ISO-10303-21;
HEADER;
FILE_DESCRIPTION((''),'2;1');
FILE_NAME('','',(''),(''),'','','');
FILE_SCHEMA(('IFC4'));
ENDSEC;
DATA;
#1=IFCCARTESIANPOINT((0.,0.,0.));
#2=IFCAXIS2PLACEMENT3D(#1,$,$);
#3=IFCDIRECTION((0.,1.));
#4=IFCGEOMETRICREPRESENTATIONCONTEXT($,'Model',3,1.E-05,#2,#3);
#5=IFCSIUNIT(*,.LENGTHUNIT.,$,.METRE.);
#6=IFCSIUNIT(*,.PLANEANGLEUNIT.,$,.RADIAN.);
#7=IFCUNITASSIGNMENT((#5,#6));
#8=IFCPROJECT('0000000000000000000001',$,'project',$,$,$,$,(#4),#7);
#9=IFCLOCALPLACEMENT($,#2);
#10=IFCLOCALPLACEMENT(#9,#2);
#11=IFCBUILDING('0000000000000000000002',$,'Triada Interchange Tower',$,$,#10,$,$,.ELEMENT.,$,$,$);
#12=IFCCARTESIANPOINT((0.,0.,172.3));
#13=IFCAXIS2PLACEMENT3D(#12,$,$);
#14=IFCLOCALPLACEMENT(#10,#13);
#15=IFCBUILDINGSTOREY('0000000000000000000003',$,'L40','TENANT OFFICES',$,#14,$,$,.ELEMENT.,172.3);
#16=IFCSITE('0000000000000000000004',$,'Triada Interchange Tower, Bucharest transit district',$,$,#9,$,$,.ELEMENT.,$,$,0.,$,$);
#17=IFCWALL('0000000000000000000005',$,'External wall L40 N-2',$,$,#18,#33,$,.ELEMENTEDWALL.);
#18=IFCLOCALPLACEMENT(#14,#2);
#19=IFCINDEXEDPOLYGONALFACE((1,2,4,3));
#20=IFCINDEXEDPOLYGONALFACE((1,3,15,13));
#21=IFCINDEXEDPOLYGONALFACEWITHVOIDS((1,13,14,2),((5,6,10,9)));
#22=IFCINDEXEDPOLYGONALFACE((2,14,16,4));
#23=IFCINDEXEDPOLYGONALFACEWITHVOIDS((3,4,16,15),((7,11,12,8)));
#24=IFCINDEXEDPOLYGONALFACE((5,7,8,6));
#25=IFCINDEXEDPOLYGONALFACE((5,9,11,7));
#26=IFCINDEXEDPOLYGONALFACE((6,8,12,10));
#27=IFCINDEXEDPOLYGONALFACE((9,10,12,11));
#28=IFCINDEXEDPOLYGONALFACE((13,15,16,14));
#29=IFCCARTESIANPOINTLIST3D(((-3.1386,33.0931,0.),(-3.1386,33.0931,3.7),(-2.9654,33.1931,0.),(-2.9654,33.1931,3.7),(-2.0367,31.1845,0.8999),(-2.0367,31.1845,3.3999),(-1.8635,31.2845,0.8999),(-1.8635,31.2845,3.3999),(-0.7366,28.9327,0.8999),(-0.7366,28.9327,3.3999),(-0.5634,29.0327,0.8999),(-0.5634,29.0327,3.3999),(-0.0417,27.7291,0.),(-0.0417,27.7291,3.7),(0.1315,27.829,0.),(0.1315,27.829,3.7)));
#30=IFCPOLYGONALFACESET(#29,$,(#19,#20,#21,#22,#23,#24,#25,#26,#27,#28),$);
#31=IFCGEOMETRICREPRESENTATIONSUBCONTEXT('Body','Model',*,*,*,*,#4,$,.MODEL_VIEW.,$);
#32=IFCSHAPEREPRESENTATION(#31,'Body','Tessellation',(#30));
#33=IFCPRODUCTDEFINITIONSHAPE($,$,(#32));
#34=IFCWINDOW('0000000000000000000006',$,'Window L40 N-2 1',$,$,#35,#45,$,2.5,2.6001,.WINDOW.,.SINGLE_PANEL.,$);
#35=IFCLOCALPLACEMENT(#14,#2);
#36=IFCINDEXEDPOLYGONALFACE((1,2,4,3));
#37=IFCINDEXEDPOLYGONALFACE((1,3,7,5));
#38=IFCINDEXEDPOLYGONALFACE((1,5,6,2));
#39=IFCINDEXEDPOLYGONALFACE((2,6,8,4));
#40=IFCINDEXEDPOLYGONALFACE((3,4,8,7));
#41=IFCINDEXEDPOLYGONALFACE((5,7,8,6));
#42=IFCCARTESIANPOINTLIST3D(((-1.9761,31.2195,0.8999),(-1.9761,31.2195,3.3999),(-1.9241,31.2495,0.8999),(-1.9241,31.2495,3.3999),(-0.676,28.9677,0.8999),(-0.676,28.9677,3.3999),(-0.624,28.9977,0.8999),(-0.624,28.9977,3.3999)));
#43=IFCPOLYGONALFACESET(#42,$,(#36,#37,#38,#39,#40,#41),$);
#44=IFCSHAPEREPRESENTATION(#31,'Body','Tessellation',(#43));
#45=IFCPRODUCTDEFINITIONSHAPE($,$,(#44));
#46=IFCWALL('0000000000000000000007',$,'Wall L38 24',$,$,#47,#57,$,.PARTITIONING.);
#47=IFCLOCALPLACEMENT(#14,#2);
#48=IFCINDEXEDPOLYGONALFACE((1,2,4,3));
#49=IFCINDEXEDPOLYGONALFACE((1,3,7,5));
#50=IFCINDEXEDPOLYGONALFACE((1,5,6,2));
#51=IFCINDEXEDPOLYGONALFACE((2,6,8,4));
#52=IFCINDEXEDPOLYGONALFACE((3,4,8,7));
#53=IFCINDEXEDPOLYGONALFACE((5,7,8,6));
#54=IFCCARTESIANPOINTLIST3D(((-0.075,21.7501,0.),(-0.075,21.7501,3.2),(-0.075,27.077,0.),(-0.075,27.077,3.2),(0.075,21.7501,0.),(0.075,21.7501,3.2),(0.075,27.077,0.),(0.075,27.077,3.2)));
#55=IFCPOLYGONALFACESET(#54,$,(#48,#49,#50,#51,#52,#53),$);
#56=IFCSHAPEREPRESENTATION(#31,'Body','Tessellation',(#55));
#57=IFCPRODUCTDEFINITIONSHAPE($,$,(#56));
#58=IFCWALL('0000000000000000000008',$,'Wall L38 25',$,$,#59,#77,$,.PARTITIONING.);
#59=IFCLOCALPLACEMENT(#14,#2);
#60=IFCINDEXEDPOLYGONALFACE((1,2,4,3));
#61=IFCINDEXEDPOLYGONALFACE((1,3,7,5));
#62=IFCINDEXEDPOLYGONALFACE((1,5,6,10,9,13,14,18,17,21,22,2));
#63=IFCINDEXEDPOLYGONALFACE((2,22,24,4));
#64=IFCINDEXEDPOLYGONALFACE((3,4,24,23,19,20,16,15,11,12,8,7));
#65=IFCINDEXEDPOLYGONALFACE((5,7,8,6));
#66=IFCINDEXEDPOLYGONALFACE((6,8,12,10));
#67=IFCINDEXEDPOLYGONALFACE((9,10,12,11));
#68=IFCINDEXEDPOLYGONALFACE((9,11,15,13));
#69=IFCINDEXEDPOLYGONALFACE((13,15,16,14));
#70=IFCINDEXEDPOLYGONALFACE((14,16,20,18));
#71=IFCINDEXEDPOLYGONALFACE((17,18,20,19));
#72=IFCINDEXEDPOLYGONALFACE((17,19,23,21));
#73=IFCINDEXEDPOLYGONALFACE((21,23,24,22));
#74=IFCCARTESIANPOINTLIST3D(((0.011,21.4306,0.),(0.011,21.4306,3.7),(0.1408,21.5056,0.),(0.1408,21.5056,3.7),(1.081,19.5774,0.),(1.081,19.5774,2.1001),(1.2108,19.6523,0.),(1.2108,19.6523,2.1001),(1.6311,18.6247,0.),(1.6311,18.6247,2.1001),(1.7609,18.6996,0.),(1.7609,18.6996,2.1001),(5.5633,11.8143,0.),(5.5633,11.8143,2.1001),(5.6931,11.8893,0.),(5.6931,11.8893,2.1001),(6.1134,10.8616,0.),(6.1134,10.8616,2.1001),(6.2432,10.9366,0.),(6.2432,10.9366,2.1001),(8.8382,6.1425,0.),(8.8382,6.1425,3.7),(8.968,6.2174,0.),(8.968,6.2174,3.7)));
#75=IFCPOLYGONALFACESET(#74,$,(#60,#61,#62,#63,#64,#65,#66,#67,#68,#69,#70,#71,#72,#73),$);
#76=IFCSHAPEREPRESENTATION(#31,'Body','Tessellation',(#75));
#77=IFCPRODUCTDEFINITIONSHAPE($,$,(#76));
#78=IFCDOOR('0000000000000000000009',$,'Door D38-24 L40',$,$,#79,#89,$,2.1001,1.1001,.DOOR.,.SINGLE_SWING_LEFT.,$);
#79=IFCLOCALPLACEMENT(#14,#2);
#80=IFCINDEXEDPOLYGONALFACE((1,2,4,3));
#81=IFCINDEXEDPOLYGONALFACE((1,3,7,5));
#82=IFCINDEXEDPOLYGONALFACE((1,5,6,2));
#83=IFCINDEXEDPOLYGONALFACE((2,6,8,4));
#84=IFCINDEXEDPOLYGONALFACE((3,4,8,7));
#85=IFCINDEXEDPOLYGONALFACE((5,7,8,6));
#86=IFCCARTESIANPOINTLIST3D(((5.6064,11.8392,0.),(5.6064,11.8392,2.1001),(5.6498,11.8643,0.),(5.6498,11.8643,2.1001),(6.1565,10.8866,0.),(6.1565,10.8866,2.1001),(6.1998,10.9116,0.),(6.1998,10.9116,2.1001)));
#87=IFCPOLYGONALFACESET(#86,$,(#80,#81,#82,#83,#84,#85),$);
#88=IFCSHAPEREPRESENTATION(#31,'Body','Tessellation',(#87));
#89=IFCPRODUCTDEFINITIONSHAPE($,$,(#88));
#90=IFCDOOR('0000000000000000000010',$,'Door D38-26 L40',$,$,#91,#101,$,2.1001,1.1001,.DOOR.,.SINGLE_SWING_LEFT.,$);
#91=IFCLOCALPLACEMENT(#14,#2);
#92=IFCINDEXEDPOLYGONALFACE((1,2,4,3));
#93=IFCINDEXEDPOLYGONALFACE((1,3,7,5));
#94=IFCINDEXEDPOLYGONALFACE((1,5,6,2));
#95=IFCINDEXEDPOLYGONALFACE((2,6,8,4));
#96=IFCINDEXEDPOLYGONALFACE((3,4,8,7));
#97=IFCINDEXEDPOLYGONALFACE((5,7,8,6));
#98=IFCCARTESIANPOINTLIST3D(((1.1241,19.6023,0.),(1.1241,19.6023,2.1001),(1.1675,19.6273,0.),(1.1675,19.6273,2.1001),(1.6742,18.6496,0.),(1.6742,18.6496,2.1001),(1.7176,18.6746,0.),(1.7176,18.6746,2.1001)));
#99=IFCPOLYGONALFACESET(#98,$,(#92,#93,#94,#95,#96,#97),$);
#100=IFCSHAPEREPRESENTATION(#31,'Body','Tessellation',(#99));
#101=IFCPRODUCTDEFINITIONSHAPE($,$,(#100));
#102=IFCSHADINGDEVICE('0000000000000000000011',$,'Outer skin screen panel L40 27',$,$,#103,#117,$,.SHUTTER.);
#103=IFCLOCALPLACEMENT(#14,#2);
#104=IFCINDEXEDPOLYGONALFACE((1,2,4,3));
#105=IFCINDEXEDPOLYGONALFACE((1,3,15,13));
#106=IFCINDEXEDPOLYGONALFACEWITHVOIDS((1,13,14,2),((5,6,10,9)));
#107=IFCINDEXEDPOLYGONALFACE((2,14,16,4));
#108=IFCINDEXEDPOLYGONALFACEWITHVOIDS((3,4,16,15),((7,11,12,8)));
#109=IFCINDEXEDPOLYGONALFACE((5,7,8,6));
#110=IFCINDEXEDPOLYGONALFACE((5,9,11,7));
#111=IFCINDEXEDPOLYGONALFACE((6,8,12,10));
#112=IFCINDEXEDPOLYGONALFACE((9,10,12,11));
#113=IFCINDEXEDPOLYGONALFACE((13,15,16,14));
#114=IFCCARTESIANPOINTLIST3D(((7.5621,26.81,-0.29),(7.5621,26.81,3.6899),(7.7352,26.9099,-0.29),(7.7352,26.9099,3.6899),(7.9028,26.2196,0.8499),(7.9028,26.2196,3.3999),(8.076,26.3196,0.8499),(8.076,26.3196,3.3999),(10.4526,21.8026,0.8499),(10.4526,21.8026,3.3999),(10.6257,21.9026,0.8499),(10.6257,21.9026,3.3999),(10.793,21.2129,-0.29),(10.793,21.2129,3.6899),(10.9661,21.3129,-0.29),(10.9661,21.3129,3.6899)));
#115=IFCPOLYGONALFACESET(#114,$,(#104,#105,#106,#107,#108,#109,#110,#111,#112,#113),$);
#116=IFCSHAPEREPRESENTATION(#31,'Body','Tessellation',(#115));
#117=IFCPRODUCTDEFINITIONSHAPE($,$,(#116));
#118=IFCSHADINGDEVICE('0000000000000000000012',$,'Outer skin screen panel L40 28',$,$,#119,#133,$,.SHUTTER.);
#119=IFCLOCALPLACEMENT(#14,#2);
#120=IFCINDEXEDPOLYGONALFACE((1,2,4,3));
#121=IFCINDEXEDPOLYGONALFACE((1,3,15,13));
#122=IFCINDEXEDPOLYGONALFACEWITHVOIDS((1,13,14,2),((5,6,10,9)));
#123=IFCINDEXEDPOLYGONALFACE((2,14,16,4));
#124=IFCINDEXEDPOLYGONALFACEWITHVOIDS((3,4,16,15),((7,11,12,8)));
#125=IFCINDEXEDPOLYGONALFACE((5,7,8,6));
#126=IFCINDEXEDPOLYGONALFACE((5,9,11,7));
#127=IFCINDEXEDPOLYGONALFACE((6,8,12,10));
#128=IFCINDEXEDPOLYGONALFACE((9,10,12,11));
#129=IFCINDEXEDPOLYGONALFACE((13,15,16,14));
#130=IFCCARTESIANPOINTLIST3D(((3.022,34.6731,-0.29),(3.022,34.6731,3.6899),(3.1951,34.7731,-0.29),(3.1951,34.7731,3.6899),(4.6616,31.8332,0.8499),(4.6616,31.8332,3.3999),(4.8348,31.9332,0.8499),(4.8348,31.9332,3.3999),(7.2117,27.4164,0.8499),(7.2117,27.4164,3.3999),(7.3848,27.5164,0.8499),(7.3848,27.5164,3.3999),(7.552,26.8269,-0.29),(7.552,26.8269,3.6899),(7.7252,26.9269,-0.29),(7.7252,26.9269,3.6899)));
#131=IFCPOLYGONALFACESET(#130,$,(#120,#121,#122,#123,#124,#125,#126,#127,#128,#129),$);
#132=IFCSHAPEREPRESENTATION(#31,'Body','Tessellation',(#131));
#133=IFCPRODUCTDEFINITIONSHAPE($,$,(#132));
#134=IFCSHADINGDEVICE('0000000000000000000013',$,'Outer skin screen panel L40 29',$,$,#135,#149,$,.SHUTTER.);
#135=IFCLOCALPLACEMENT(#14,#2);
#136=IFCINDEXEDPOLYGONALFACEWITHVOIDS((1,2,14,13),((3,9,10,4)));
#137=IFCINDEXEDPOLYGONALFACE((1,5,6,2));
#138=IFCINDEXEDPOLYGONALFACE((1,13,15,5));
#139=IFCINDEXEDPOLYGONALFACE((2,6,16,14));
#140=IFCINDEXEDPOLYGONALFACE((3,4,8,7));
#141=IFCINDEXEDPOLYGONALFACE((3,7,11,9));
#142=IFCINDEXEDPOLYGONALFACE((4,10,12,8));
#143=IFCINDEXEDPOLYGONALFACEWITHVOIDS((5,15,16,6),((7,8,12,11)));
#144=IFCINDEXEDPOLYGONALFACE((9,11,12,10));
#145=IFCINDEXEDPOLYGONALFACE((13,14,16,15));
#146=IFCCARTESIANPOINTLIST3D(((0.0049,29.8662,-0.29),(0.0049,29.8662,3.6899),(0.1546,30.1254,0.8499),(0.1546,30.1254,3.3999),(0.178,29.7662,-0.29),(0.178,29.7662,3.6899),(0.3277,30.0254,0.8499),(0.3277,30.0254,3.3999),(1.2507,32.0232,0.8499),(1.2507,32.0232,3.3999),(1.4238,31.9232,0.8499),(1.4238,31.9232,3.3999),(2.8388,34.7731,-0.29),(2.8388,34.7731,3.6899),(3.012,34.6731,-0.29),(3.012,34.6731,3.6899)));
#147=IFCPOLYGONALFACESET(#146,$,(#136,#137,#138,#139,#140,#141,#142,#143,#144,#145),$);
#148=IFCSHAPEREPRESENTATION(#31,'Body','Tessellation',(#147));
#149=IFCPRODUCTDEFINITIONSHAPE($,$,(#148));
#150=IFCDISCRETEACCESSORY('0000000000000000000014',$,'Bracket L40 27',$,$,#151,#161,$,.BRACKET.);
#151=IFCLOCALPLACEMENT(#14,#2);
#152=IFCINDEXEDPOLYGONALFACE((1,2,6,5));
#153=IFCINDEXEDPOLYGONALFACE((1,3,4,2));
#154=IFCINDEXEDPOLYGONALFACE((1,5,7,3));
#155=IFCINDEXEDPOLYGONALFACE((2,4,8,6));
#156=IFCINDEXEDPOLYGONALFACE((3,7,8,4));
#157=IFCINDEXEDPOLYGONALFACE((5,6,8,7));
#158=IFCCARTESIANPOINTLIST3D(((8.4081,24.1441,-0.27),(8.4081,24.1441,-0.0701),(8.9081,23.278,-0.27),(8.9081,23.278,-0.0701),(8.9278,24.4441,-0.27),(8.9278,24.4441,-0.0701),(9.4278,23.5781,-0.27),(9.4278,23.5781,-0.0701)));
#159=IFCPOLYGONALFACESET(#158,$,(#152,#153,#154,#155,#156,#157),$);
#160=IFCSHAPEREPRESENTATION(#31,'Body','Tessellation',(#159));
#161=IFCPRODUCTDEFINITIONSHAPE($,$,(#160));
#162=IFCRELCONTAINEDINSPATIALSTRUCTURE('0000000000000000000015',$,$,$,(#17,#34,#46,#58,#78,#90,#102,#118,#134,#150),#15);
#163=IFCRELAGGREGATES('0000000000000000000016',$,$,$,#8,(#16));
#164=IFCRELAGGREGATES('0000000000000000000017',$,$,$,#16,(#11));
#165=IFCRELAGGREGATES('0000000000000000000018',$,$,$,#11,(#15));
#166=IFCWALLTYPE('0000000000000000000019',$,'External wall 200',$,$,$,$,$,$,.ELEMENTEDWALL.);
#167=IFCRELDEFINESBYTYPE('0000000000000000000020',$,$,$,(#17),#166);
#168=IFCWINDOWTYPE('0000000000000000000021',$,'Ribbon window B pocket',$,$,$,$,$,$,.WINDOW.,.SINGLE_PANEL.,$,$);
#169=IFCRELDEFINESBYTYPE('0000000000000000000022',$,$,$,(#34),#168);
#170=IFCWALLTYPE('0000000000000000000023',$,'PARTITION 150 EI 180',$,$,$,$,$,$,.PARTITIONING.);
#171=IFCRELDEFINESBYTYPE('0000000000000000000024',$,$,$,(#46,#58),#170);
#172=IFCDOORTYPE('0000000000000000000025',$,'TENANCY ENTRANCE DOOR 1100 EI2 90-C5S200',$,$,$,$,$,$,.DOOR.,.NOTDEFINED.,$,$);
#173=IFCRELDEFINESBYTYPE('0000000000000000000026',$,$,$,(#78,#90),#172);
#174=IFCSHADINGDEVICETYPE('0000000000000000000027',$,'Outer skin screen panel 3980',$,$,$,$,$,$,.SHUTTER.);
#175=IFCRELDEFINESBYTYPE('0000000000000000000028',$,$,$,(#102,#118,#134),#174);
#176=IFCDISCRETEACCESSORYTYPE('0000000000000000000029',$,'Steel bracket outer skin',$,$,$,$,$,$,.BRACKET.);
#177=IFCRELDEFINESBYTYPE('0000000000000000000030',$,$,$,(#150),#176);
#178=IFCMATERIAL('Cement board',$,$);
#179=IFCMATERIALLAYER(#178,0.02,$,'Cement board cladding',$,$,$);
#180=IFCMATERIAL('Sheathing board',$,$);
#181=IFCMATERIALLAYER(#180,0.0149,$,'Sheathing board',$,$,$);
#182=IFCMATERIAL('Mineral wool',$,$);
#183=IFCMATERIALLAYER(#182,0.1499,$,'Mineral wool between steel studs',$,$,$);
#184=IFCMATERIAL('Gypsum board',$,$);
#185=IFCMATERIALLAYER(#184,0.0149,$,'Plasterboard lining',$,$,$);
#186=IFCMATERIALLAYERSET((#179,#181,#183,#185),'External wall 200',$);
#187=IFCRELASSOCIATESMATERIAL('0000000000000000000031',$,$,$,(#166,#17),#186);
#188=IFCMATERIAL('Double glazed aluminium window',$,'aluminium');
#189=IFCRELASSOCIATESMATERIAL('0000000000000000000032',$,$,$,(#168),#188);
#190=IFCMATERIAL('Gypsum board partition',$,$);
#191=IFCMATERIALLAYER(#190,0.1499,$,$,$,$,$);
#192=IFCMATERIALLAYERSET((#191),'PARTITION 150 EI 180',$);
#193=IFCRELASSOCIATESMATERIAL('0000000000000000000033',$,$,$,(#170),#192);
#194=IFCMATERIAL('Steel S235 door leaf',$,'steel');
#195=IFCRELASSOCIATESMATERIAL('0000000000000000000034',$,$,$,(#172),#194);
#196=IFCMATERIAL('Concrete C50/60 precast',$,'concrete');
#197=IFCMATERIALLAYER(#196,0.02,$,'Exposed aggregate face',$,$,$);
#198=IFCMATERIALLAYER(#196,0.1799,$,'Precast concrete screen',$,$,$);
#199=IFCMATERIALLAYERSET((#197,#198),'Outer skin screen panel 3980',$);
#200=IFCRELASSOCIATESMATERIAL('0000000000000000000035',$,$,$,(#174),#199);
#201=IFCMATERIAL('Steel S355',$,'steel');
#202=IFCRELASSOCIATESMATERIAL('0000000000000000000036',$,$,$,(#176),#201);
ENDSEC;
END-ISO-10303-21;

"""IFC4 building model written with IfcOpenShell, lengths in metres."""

from ifc_helpers import new_model, si_unit, direction, frame, frame_2d, origin, origin_2d, place, context, subcontext, project, spatial, polyline, rectangle, outline, extrude, material, layer, layer_set, layer_usage, type_object, element, fill, save


model = new_model("IFC4")

# Units and contexts
model_context = context("Model", 3, precision=1e-05, world=origin(), true_north=direction((0.0, 1.0)))
body_context = subcontext(model_context, "Body", "Model", "MODEL_VIEW")
ifc_project = project(units=[si_unit("LENGTHUNIT", "METRE"), si_unit("PLANEANGLEUNIT", "RADIAN")], contexts=[model_context])

# Site, building, storey
site_placement = place(None, origin())
site = spatial("IfcSite", under=ifc_project, at=site_placement, Name="Triada Interchange Tower, Bucharest transit district", CompositionType="ELEMENT", RefElevation=0.0)
building_placement = place(site_placement, origin())
building = spatial("IfcBuilding", under=site, at=building_placement, Name="Triada Interchange Tower", CompositionType="ELEMENT")
storey_placement = place(building_placement, frame((0.0, 0.0, 172.3)))
storey = spatial("IfcBuildingStorey", under=building, at=storey_placement, Name="L40", Description="TENANT OFFICES", CompositionType="ELEMENT", Elevation=172.3)

# Wall, opening, window
ifc_material_1 = material(Name="Cement board")
ifc_layer_1 = layer(ifc_material_1, 0.02, Name="Cement board cladding")
ifc_material_2 = material(Name="Sheathing board")
ifc_layer_2 = layer(ifc_material_2, 0.0149, Name="Sheathing board")
ifc_material_3 = material(Name="Mineral wool")
ifc_layer_3 = layer(ifc_material_3, 0.1499, Name="Mineral wool between steel studs")
ifc_material_4 = material(Name="Gypsum board")
ifc_layer_4 = layer(ifc_material_4, 0.0149, Name="Plasterboard lining")
ifc_layer_set_1 = layer_set([ifc_layer_1, ifc_layer_2, ifc_layer_3, ifc_layer_4], Name="External wall 200")
ifc_layer_usage = layer_usage(ifc_layer_set_1, "AXIS2", "POSITIVE", -0.1001)
wall_type_1 = type_object("IfcWallType", Name="External wall 200", PredefinedType="ELEMENTEDWALL", material=ifc_layer_set_1)
ifc_material_5 = material(Name="Double glazed aluminium window", Category="aluminium")
window_type = type_object("IfcWindowType", Name="Ribbon window B pocket", PartitioningType="SINGLE_PANEL", PredefinedType="WINDOW", material=ifc_material_5)
wall_1_placement = place(storey_placement, frame((0.0449, 27.7791, 0.0), z_axis=(0.0, 0.0, 1.0), x_axis=(-0.500001, 0.866025, 0.0)))
wall_1 = element("IfcWall", 1, at=wall_1_placement, inside=storey, type_object=wall_type_1, material=ifc_layer_usage, Name="External wall L40 N-2", PredefinedType="ELEMENTEDWALL", context=body_context, shape_type="SweptSolid", body=[
    extrude(rectangle(XDim=6.1938, YDim=0.2, at=frame_2d((3.0969, 0.0))), origin(), (0.0, 0.0, 1.0), 3.7),
])
opening_1_placement = place(wall_1_placement, frame((1.3899, 0.0, 0.8999)))
opening_1 = element("IfcOpeningElement", 2, at=opening_1_placement, cuts=wall_1, PredefinedType="OPENING", context=body_context, shape_type="SweptSolid", body=[
    extrude(rectangle(XDim=2.6001, YDim=2.5, at=frame_2d((1.3, 1.25))), frame((0.0, 0.1099, 0.0), z_axis=(0.0, -1.0, 0.0), x_axis=(1.0, 0.0, 0.0)), (0.0, 0.0, 1.0), 0.22),
])
window_1_placement = place(opening_1_placement, origin())
window_1 = element("IfcWindow", 3, at=window_1_placement, inside=storey, type_object=window_type, Name="Window L40 N-2 1", OverallHeight=2.5, OverallWidth=2.6001, PartitioningType="SINGLE_PANEL", PredefinedType="WINDOW", context=body_context, shape_type="SweptSolid", body=[
    extrude(rectangle(XDim=2.6001, YDim=2.5, at=frame_2d((1.3, 1.25))), frame((0.0, 0.03, 0.0), z_axis=(0.0, -1.0, 0.0), x_axis=(1.0, 0.0, 0.0)), (0.0, 0.0, 1.0), 0.0601),
])
fill(opening_1, window_1)

# Wall
ifc_material_6 = material(Name="Gypsum board partition")
ifc_layer_5 = layer(ifc_material_6, 0.1499)
ifc_layer_set_2 = layer_set([ifc_layer_5], Name="PARTITION 150 EI 180")
wall_type_2 = type_object("IfcWallType", Name="PARTITION 150 EI 180", PredefinedType="PARTITIONING", material=ifc_layer_set_2)
wall_2_placement = place(storey_placement, frame((0.0, 21.75, 0.0), z_axis=(0.0, 0.0, 1.0), x_axis=(0.0, 1.0, 0.0)))
element("IfcWall", 4, at=wall_2_placement, inside=storey, type_object=wall_type_2, Name="Wall L38 24", PredefinedType="PARTITIONING", context=body_context, shape_type="SweptSolid", body=[
    extrude(rectangle(XDim=5.3269, YDim=0.1499, at=frame_2d((2.6636, 0.0))), origin(), (0.0, 0.0, 1.0), 3.2),
])

# Wall, openings, doors
wall_3_placement = place(storey_placement, frame((0.0759, 21.468, 0.0), z_axis=(0.0, 0.0, 1.0), x_axis=(0.500024, -0.866011, 0.0)))
wall_3 = element("IfcWall", 5, at=wall_3_placement, inside=storey, type_object=wall_type_2, Name="Wall L38 25", PredefinedType="PARTITIONING", context=body_context, shape_type="SweptSolid", body=[
    extrude(rectangle(XDim=17.6536, YDim=0.1499, at=frame_2d((8.8267, 0.0))), origin(), (0.0, 0.0, 1.0), 3.7),
])
opening_2_placement = place(wall_3_placement, frame((11.104, 0.0, 0.0)))
opening_2 = element("IfcOpeningElement", 6, at=opening_2_placement, cuts=wall_3, PredefinedType="OPENING", context=body_context, shape_type="SweptSolid", body=[
    extrude(rectangle(XDim=1.1001, YDim=2.1001, at=frame_2d((0.55, 1.05))), frame((0.0, 0.085, 0.0), z_axis=(0.0, -1.0, 0.0), x_axis=(1.0, 0.0, 0.0)), (0.0, 0.0, 1.0), 0.1699),
])
opening_3_placement = place(wall_3_placement, frame((2.1399, 0.0, 0.0)))
opening_3 = element("IfcOpeningElement", 7, at=opening_3_placement, cuts=wall_3, PredefinedType="OPENING", context=body_context, shape_type="SweptSolid", body=[
    extrude(rectangle(XDim=1.1001, YDim=2.1001, at=frame_2d((0.55, 1.05))), frame((0.0, 0.085, 0.0), z_axis=(0.0, -1.0, 0.0), x_axis=(1.0, 0.0, 0.0)), (0.0, 0.0, 1.0), 0.1699),
])
ifc_material_7 = material(Name="Steel S235 door leaf", Category="steel")
door_type = type_object("IfcDoorType", Name="TENANCY ENTRANCE DOOR 1100 EI2 90-C5S200", OperationType="NOTDEFINED", PredefinedType="DOOR", material=ifc_material_7)
door_1_placement = place(opening_2_placement, origin())
door_1 = element("IfcDoor", 8, at=door_1_placement, inside=storey, type_object=door_type, Name="Door D38-24 L40", OperationType="SINGLE_SWING_LEFT", OverallHeight=2.1001, OverallWidth=1.1001, PredefinedType="DOOR", context=body_context, shape_type="SweptSolid", body=[
    extrude(rectangle(XDim=1.1001, YDim=2.1001, at=frame_2d((0.55, 1.05))), frame((0.0, 0.0249, 0.0), z_axis=(0.0, -1.0, 0.0), x_axis=(1.0, 0.0, 0.0)), (0.0, 0.0, 1.0), 0.05),
])
fill(opening_2, door_1)
door_2_placement = place(opening_3_placement, origin())
door_2 = element("IfcDoor", 9, at=door_2_placement, inside=storey, type_object=door_type, Name="Door D38-26 L40", OperationType="SINGLE_SWING_LEFT", OverallHeight=2.1001, OverallWidth=1.1001, PredefinedType="DOOR", context=body_context, shape_type="SweptSolid", body=[
    extrude(rectangle(XDim=1.1001, YDim=2.1001, at=frame_2d((0.55, 1.05))), frame((0.0, 0.0249, 0.0), z_axis=(0.0, -1.0, 0.0), x_axis=(1.0, 0.0, 0.0)), (0.0, 0.0, 1.0), 0.05),
])
fill(opening_3, door_2)

# Shading devices
ifc_material_8 = material(Name="Concrete C50/60 precast", Category="concrete")
ifc_layer_6 = layer(ifc_material_8, 0.02, Name="Exposed aggregate face")
ifc_layer_7 = layer(ifc_material_8, 0.1799, Name="Precast concrete screen")
ifc_layer_set_3 = layer_set([ifc_layer_6, ifc_layer_7], Name="Outer skin screen panel 3980")
shading_device_type = type_object("IfcShadingDeviceType", Name="Outer skin screen panel 3980", PredefinedType="SHUTTER", material=ifc_layer_set_3)
shading_device_1_placement = place(storey_placement, frame((10.793, 21.2129, -0.29), z_axis=(0.0, 0.0, 1.0), x_axis=(-0.499934, 0.866064, 0.0)))
element("IfcShadingDevice", 10, at=shading_device_1_placement, inside=storey, type_object=shading_device_type, Name="Outer skin screen panel L40 27", PredefinedType="SHUTTER", context=body_context, shape_type="SweptSolid", body=[
    extrude(outline(polyline([(0.0, 0.0), (6.4626, 0.0), (6.4626, 3.98), (0.0, 3.98), (0.0, 0.0)]), holes=[polyline([(0.6809, 1.1399), (0.6809, 3.6899), (5.781, 3.6899), (5.781, 1.1399), (0.6809, 1.1399)])]), frame((0.0, 0.0, 0.0), z_axis=(0.0, -1.0, 0.0), x_axis=(1.0, 0.0, 0.0)), (0.0, 0.0, 1.0), 0.2),
])
shading_device_2_placement = place(storey_placement, frame((7.552, 26.8269, -0.29), z_axis=(0.0, 0.0, 1.0), x_axis=(-0.500002, 0.866024, 0.0)))
element("IfcShadingDevice", 11, at=shading_device_2_placement, inside=storey, type_object=shading_device_type, Name="Outer skin screen panel L40 28", PredefinedType="SHUTTER", context=body_context, shape_type="SweptSolid", body=[
    extrude(outline(polyline([(0.0, 0.0), (9.0601, 0.0), (9.0601, 3.98), (0.0, 3.98), (0.0, 0.0)]), holes=[polyline([(0.6807, 1.1399), (0.6807, 3.6899), (5.7808, 3.6899), (5.7808, 1.1399), (0.6807, 1.1399)])]), frame((0.0, 0.0, 0.0), z_axis=(0.0, -1.0, 0.0), x_axis=(1.0, 0.0, 0.0)), (0.0, 0.0, 1.0), 0.2),
])
shading_device_3_placement = place(storey_placement, frame((3.012, 34.6731, -0.29), z_axis=(0.0, 0.0, 1.0), x_axis=(-0.500124, -0.865954, 0.0)))
element("IfcShadingDevice", 12, at=shading_device_3_placement, inside=storey, type_object=shading_device_type, Name="Outer skin screen panel L40 29", PredefinedType="SHUTTER", context=body_context, shape_type="SweptSolid", body=[
    extrude(outline(polyline([(0.0, 0.0), (5.6665, 0.0), (5.6665, 3.98), (0.0, 3.98), (0.0, 0.0)]), holes=[polyline([(3.1755, 1.1399), (3.1755, 3.6899), (5.3672, 3.6899), (5.3672, 1.1399), (3.1755, 1.1399)])]), frame((0.0, 0.0, 0.0), z_axis=(0.0, -1.0, 0.0), x_axis=(1.0, 0.0, 0.0)), (0.0, 0.0, 1.0), 0.2),
])

# Discrete accessory
ifc_material_9 = material(Name="Steel S355", Category="steel")
discrete_accessory_type = type_object("IfcDiscreteAccessoryType", Name="Steel bracket outer skin", PredefinedType="BRACKET", material=ifc_material_9)
for number, where, z_axis, x_axis, name in (
    (13, (8.918, 23.8611, -0.27), (0.0, 0.0, 1.0), (0.866023, 0.500005, 0.0), "Bracket L40 27"),
):
    element("IfcDiscreteAccessory", number, at=place(storey_placement, frame(where, z_axis=z_axis, x_axis=x_axis)), inside=storey, type_object=discrete_accessory_type, Name=name, PredefinedType="BRACKET", context=body_context, shape_type="SweptSolid", body=[
        extrude(rectangle(XDim=0.6001, YDim=1.0, at=origin_2d()), origin(), (0.0, 0.0, 1.0), 0.2),
    ])

save(model, "model.ifc")
